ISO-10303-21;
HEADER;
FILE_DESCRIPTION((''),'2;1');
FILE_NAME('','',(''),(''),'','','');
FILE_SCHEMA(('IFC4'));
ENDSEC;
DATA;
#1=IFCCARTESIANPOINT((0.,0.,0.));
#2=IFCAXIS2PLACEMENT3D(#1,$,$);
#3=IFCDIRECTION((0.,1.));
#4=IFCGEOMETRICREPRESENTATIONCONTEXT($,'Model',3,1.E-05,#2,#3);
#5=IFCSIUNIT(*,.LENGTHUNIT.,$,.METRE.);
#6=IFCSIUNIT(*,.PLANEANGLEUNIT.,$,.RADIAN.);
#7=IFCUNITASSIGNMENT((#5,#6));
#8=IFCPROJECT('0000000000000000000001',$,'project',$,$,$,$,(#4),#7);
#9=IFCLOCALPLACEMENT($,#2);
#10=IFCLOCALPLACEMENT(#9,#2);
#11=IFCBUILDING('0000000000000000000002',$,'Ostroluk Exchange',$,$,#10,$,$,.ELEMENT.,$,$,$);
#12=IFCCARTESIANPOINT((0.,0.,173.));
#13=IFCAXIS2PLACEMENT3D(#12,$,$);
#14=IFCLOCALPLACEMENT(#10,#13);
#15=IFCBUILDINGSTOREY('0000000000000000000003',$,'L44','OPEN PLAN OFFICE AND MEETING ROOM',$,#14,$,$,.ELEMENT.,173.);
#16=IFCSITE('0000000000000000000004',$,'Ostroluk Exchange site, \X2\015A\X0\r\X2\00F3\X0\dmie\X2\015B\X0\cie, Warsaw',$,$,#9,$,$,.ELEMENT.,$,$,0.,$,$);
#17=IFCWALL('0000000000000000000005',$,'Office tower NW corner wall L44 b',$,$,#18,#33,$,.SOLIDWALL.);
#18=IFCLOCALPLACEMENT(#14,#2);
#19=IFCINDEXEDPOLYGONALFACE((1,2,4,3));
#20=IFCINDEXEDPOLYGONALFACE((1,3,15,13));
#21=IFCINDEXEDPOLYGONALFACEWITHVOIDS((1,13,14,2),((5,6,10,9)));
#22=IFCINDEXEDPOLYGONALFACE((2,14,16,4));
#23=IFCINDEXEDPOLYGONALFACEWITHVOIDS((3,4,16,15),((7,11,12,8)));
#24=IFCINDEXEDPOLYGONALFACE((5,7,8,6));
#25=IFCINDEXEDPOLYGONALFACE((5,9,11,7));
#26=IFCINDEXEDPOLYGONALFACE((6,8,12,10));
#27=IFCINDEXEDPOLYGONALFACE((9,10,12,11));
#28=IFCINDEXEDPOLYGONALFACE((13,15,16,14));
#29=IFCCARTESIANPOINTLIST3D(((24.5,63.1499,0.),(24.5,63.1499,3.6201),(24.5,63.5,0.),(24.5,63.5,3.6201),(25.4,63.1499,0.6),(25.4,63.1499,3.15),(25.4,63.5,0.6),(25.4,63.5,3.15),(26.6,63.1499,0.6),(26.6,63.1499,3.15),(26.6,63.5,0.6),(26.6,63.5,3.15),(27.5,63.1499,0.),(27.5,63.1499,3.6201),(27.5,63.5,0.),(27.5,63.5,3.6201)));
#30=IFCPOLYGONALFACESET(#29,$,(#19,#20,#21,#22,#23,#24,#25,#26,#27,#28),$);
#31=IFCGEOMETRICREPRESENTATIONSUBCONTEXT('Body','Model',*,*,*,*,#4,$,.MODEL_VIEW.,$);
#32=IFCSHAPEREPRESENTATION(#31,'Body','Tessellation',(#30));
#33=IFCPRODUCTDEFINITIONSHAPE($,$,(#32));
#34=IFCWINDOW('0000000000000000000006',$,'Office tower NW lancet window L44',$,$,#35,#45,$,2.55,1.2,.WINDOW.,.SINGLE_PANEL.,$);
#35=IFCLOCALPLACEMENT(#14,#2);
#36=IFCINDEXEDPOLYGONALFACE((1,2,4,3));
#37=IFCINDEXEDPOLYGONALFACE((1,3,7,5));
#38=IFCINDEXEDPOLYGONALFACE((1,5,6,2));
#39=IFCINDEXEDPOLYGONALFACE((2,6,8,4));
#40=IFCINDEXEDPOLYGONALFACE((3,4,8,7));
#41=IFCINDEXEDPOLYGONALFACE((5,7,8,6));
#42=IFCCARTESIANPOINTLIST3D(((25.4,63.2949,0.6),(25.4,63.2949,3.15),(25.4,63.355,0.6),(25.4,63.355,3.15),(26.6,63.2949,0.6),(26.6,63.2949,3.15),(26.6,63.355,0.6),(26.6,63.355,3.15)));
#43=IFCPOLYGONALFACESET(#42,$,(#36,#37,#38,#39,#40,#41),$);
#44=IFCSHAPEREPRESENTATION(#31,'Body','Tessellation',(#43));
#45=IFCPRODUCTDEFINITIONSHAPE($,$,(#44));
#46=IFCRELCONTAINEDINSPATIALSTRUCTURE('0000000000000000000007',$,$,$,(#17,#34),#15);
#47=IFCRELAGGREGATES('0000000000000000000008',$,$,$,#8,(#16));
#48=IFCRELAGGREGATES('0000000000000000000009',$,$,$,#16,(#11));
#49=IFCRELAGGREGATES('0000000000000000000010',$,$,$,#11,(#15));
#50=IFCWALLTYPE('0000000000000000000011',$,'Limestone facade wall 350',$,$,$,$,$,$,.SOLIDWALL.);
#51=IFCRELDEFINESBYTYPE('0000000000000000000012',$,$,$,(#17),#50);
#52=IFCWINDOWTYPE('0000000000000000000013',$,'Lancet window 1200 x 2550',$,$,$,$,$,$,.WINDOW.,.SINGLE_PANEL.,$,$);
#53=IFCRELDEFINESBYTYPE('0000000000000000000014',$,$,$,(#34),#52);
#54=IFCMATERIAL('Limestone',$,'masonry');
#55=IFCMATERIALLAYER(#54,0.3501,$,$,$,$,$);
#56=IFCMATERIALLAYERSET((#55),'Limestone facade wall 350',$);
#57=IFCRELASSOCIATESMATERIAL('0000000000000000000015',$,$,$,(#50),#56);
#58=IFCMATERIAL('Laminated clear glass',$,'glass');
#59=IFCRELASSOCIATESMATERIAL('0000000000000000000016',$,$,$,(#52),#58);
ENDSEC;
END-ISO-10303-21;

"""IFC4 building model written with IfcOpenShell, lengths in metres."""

from ifc_helpers import new_model, si_unit, direction, frame, frame_2d, origin, place, context, subcontext, project, spatial, rectangle, extrude, material, layer, layer_set, type_object, element, fill, save


model = new_model("IFC4")

# Units and contexts
model_context = context("Model", 3, precision=1e-05, world=origin(), true_north=direction((0.0, 1.0)))
body_context = subcontext(model_context, "Body", "Model", "MODEL_VIEW")
ifc_project = project(units=[si_unit("LENGTHUNIT", "METRE"), si_unit("PLANEANGLEUNIT", "RADIAN")], contexts=[model_context])

# Site, building, storey
site_placement = place(None, origin())
site = spatial("IfcSite", under=ifc_project, at=site_placement, Name="Ostroluk Exchange site, Śródmieście, Warsaw", CompositionType="ELEMENT", RefElevation=0.0)
building_placement = place(site_placement, origin())
building = spatial("IfcBuilding", under=site, at=building_placement, Name="Ostroluk Exchange", CompositionType="ELEMENT")
storey_placement = place(building_placement, frame((0.0, 0.0, 173.0)))
storey = spatial("IfcBuildingStorey", under=building, at=storey_placement, Name="L44", Description="OPEN PLAN OFFICE AND MEETING ROOM", CompositionType="ELEMENT", Elevation=173.0)

# Shared definitions
ifc_material_1 = material(Name="Limestone", Category="masonry")
ifc_layer_1 = layer(ifc_material_1, 0.3501)
ifc_layer_set_1 = layer_set([ifc_layer_1], Name="Limestone facade wall 350")
wall_type = type_object("IfcWallType", Name="Limestone facade wall 350", PredefinedType="SOLIDWALL", material=ifc_layer_set_1)

# Wall, opening, window
wall_1_placement = place(storey_placement, frame((27.5, 63.325, 0.0), z_axis=(0.0, 0.0, 1.0), x_axis=(-1.0, 0.0, 0.0)))
wall_1 = element("IfcWall", 1, at=wall_1_placement, inside=storey, type_object=wall_type, Name="Office tower NW corner wall L44 b", PredefinedType="SOLIDWALL", context=body_context, shape_type="SweptSolid", body=[
    extrude(rectangle(XDim=3.0, YDim=0.3501, at=frame_2d((1.5, 0.0))), origin(), (0.0, 0.0, 1.0), 3.6201),
])
opening_1_placement = place(wall_1_placement, frame((0.8999, 0.0, 0.6001)))
opening_1 = element("IfcOpeningElement", 2, at=opening_1_placement, cuts=wall_1, PredefinedType="OPENING", context=body_context, shape_type="SweptSolid", body=[
    extrude(rectangle(XDim=1.2, YDim=2.55, at=frame_2d((0.6001, 1.2749))), frame((0.0, 0.1851, 0.0), z_axis=(0.0, -1.0, 0.0), x_axis=(1.0, 0.0, 0.0)), (0.0, 0.0, 1.0), 0.3701),
])
ifc_material_2 = material(Name="Laminated clear glass", Category="glass")
window_type = type_object("IfcWindowType", Name="Lancet window 1200 x 2550", PartitioningType="SINGLE_PANEL", PredefinedType="WINDOW", material=ifc_material_2)
window_placement = place(opening_1_placement, origin())
window = element("IfcWindow", 3, at=window_placement, inside=storey, type_object=window_type, Name="Office tower NW lancet window L44", OverallHeight=2.55, OverallWidth=1.2, PartitioningType="SINGLE_PANEL", PredefinedType="WINDOW", context=body_context, shape_type="SweptSolid", body=[
    extrude(rectangle(XDim=1.2, YDim=2.55, at=frame_2d((0.6001, 1.2749))), frame((0.0, 0.03, 0.0), z_axis=(0.0, -1.0, 0.0), x_axis=(1.0, 0.0, 0.0)), (0.0, 0.0, 1.0), 0.0601),
])
fill(opening_1, window)

save(model, "model.ifc")
